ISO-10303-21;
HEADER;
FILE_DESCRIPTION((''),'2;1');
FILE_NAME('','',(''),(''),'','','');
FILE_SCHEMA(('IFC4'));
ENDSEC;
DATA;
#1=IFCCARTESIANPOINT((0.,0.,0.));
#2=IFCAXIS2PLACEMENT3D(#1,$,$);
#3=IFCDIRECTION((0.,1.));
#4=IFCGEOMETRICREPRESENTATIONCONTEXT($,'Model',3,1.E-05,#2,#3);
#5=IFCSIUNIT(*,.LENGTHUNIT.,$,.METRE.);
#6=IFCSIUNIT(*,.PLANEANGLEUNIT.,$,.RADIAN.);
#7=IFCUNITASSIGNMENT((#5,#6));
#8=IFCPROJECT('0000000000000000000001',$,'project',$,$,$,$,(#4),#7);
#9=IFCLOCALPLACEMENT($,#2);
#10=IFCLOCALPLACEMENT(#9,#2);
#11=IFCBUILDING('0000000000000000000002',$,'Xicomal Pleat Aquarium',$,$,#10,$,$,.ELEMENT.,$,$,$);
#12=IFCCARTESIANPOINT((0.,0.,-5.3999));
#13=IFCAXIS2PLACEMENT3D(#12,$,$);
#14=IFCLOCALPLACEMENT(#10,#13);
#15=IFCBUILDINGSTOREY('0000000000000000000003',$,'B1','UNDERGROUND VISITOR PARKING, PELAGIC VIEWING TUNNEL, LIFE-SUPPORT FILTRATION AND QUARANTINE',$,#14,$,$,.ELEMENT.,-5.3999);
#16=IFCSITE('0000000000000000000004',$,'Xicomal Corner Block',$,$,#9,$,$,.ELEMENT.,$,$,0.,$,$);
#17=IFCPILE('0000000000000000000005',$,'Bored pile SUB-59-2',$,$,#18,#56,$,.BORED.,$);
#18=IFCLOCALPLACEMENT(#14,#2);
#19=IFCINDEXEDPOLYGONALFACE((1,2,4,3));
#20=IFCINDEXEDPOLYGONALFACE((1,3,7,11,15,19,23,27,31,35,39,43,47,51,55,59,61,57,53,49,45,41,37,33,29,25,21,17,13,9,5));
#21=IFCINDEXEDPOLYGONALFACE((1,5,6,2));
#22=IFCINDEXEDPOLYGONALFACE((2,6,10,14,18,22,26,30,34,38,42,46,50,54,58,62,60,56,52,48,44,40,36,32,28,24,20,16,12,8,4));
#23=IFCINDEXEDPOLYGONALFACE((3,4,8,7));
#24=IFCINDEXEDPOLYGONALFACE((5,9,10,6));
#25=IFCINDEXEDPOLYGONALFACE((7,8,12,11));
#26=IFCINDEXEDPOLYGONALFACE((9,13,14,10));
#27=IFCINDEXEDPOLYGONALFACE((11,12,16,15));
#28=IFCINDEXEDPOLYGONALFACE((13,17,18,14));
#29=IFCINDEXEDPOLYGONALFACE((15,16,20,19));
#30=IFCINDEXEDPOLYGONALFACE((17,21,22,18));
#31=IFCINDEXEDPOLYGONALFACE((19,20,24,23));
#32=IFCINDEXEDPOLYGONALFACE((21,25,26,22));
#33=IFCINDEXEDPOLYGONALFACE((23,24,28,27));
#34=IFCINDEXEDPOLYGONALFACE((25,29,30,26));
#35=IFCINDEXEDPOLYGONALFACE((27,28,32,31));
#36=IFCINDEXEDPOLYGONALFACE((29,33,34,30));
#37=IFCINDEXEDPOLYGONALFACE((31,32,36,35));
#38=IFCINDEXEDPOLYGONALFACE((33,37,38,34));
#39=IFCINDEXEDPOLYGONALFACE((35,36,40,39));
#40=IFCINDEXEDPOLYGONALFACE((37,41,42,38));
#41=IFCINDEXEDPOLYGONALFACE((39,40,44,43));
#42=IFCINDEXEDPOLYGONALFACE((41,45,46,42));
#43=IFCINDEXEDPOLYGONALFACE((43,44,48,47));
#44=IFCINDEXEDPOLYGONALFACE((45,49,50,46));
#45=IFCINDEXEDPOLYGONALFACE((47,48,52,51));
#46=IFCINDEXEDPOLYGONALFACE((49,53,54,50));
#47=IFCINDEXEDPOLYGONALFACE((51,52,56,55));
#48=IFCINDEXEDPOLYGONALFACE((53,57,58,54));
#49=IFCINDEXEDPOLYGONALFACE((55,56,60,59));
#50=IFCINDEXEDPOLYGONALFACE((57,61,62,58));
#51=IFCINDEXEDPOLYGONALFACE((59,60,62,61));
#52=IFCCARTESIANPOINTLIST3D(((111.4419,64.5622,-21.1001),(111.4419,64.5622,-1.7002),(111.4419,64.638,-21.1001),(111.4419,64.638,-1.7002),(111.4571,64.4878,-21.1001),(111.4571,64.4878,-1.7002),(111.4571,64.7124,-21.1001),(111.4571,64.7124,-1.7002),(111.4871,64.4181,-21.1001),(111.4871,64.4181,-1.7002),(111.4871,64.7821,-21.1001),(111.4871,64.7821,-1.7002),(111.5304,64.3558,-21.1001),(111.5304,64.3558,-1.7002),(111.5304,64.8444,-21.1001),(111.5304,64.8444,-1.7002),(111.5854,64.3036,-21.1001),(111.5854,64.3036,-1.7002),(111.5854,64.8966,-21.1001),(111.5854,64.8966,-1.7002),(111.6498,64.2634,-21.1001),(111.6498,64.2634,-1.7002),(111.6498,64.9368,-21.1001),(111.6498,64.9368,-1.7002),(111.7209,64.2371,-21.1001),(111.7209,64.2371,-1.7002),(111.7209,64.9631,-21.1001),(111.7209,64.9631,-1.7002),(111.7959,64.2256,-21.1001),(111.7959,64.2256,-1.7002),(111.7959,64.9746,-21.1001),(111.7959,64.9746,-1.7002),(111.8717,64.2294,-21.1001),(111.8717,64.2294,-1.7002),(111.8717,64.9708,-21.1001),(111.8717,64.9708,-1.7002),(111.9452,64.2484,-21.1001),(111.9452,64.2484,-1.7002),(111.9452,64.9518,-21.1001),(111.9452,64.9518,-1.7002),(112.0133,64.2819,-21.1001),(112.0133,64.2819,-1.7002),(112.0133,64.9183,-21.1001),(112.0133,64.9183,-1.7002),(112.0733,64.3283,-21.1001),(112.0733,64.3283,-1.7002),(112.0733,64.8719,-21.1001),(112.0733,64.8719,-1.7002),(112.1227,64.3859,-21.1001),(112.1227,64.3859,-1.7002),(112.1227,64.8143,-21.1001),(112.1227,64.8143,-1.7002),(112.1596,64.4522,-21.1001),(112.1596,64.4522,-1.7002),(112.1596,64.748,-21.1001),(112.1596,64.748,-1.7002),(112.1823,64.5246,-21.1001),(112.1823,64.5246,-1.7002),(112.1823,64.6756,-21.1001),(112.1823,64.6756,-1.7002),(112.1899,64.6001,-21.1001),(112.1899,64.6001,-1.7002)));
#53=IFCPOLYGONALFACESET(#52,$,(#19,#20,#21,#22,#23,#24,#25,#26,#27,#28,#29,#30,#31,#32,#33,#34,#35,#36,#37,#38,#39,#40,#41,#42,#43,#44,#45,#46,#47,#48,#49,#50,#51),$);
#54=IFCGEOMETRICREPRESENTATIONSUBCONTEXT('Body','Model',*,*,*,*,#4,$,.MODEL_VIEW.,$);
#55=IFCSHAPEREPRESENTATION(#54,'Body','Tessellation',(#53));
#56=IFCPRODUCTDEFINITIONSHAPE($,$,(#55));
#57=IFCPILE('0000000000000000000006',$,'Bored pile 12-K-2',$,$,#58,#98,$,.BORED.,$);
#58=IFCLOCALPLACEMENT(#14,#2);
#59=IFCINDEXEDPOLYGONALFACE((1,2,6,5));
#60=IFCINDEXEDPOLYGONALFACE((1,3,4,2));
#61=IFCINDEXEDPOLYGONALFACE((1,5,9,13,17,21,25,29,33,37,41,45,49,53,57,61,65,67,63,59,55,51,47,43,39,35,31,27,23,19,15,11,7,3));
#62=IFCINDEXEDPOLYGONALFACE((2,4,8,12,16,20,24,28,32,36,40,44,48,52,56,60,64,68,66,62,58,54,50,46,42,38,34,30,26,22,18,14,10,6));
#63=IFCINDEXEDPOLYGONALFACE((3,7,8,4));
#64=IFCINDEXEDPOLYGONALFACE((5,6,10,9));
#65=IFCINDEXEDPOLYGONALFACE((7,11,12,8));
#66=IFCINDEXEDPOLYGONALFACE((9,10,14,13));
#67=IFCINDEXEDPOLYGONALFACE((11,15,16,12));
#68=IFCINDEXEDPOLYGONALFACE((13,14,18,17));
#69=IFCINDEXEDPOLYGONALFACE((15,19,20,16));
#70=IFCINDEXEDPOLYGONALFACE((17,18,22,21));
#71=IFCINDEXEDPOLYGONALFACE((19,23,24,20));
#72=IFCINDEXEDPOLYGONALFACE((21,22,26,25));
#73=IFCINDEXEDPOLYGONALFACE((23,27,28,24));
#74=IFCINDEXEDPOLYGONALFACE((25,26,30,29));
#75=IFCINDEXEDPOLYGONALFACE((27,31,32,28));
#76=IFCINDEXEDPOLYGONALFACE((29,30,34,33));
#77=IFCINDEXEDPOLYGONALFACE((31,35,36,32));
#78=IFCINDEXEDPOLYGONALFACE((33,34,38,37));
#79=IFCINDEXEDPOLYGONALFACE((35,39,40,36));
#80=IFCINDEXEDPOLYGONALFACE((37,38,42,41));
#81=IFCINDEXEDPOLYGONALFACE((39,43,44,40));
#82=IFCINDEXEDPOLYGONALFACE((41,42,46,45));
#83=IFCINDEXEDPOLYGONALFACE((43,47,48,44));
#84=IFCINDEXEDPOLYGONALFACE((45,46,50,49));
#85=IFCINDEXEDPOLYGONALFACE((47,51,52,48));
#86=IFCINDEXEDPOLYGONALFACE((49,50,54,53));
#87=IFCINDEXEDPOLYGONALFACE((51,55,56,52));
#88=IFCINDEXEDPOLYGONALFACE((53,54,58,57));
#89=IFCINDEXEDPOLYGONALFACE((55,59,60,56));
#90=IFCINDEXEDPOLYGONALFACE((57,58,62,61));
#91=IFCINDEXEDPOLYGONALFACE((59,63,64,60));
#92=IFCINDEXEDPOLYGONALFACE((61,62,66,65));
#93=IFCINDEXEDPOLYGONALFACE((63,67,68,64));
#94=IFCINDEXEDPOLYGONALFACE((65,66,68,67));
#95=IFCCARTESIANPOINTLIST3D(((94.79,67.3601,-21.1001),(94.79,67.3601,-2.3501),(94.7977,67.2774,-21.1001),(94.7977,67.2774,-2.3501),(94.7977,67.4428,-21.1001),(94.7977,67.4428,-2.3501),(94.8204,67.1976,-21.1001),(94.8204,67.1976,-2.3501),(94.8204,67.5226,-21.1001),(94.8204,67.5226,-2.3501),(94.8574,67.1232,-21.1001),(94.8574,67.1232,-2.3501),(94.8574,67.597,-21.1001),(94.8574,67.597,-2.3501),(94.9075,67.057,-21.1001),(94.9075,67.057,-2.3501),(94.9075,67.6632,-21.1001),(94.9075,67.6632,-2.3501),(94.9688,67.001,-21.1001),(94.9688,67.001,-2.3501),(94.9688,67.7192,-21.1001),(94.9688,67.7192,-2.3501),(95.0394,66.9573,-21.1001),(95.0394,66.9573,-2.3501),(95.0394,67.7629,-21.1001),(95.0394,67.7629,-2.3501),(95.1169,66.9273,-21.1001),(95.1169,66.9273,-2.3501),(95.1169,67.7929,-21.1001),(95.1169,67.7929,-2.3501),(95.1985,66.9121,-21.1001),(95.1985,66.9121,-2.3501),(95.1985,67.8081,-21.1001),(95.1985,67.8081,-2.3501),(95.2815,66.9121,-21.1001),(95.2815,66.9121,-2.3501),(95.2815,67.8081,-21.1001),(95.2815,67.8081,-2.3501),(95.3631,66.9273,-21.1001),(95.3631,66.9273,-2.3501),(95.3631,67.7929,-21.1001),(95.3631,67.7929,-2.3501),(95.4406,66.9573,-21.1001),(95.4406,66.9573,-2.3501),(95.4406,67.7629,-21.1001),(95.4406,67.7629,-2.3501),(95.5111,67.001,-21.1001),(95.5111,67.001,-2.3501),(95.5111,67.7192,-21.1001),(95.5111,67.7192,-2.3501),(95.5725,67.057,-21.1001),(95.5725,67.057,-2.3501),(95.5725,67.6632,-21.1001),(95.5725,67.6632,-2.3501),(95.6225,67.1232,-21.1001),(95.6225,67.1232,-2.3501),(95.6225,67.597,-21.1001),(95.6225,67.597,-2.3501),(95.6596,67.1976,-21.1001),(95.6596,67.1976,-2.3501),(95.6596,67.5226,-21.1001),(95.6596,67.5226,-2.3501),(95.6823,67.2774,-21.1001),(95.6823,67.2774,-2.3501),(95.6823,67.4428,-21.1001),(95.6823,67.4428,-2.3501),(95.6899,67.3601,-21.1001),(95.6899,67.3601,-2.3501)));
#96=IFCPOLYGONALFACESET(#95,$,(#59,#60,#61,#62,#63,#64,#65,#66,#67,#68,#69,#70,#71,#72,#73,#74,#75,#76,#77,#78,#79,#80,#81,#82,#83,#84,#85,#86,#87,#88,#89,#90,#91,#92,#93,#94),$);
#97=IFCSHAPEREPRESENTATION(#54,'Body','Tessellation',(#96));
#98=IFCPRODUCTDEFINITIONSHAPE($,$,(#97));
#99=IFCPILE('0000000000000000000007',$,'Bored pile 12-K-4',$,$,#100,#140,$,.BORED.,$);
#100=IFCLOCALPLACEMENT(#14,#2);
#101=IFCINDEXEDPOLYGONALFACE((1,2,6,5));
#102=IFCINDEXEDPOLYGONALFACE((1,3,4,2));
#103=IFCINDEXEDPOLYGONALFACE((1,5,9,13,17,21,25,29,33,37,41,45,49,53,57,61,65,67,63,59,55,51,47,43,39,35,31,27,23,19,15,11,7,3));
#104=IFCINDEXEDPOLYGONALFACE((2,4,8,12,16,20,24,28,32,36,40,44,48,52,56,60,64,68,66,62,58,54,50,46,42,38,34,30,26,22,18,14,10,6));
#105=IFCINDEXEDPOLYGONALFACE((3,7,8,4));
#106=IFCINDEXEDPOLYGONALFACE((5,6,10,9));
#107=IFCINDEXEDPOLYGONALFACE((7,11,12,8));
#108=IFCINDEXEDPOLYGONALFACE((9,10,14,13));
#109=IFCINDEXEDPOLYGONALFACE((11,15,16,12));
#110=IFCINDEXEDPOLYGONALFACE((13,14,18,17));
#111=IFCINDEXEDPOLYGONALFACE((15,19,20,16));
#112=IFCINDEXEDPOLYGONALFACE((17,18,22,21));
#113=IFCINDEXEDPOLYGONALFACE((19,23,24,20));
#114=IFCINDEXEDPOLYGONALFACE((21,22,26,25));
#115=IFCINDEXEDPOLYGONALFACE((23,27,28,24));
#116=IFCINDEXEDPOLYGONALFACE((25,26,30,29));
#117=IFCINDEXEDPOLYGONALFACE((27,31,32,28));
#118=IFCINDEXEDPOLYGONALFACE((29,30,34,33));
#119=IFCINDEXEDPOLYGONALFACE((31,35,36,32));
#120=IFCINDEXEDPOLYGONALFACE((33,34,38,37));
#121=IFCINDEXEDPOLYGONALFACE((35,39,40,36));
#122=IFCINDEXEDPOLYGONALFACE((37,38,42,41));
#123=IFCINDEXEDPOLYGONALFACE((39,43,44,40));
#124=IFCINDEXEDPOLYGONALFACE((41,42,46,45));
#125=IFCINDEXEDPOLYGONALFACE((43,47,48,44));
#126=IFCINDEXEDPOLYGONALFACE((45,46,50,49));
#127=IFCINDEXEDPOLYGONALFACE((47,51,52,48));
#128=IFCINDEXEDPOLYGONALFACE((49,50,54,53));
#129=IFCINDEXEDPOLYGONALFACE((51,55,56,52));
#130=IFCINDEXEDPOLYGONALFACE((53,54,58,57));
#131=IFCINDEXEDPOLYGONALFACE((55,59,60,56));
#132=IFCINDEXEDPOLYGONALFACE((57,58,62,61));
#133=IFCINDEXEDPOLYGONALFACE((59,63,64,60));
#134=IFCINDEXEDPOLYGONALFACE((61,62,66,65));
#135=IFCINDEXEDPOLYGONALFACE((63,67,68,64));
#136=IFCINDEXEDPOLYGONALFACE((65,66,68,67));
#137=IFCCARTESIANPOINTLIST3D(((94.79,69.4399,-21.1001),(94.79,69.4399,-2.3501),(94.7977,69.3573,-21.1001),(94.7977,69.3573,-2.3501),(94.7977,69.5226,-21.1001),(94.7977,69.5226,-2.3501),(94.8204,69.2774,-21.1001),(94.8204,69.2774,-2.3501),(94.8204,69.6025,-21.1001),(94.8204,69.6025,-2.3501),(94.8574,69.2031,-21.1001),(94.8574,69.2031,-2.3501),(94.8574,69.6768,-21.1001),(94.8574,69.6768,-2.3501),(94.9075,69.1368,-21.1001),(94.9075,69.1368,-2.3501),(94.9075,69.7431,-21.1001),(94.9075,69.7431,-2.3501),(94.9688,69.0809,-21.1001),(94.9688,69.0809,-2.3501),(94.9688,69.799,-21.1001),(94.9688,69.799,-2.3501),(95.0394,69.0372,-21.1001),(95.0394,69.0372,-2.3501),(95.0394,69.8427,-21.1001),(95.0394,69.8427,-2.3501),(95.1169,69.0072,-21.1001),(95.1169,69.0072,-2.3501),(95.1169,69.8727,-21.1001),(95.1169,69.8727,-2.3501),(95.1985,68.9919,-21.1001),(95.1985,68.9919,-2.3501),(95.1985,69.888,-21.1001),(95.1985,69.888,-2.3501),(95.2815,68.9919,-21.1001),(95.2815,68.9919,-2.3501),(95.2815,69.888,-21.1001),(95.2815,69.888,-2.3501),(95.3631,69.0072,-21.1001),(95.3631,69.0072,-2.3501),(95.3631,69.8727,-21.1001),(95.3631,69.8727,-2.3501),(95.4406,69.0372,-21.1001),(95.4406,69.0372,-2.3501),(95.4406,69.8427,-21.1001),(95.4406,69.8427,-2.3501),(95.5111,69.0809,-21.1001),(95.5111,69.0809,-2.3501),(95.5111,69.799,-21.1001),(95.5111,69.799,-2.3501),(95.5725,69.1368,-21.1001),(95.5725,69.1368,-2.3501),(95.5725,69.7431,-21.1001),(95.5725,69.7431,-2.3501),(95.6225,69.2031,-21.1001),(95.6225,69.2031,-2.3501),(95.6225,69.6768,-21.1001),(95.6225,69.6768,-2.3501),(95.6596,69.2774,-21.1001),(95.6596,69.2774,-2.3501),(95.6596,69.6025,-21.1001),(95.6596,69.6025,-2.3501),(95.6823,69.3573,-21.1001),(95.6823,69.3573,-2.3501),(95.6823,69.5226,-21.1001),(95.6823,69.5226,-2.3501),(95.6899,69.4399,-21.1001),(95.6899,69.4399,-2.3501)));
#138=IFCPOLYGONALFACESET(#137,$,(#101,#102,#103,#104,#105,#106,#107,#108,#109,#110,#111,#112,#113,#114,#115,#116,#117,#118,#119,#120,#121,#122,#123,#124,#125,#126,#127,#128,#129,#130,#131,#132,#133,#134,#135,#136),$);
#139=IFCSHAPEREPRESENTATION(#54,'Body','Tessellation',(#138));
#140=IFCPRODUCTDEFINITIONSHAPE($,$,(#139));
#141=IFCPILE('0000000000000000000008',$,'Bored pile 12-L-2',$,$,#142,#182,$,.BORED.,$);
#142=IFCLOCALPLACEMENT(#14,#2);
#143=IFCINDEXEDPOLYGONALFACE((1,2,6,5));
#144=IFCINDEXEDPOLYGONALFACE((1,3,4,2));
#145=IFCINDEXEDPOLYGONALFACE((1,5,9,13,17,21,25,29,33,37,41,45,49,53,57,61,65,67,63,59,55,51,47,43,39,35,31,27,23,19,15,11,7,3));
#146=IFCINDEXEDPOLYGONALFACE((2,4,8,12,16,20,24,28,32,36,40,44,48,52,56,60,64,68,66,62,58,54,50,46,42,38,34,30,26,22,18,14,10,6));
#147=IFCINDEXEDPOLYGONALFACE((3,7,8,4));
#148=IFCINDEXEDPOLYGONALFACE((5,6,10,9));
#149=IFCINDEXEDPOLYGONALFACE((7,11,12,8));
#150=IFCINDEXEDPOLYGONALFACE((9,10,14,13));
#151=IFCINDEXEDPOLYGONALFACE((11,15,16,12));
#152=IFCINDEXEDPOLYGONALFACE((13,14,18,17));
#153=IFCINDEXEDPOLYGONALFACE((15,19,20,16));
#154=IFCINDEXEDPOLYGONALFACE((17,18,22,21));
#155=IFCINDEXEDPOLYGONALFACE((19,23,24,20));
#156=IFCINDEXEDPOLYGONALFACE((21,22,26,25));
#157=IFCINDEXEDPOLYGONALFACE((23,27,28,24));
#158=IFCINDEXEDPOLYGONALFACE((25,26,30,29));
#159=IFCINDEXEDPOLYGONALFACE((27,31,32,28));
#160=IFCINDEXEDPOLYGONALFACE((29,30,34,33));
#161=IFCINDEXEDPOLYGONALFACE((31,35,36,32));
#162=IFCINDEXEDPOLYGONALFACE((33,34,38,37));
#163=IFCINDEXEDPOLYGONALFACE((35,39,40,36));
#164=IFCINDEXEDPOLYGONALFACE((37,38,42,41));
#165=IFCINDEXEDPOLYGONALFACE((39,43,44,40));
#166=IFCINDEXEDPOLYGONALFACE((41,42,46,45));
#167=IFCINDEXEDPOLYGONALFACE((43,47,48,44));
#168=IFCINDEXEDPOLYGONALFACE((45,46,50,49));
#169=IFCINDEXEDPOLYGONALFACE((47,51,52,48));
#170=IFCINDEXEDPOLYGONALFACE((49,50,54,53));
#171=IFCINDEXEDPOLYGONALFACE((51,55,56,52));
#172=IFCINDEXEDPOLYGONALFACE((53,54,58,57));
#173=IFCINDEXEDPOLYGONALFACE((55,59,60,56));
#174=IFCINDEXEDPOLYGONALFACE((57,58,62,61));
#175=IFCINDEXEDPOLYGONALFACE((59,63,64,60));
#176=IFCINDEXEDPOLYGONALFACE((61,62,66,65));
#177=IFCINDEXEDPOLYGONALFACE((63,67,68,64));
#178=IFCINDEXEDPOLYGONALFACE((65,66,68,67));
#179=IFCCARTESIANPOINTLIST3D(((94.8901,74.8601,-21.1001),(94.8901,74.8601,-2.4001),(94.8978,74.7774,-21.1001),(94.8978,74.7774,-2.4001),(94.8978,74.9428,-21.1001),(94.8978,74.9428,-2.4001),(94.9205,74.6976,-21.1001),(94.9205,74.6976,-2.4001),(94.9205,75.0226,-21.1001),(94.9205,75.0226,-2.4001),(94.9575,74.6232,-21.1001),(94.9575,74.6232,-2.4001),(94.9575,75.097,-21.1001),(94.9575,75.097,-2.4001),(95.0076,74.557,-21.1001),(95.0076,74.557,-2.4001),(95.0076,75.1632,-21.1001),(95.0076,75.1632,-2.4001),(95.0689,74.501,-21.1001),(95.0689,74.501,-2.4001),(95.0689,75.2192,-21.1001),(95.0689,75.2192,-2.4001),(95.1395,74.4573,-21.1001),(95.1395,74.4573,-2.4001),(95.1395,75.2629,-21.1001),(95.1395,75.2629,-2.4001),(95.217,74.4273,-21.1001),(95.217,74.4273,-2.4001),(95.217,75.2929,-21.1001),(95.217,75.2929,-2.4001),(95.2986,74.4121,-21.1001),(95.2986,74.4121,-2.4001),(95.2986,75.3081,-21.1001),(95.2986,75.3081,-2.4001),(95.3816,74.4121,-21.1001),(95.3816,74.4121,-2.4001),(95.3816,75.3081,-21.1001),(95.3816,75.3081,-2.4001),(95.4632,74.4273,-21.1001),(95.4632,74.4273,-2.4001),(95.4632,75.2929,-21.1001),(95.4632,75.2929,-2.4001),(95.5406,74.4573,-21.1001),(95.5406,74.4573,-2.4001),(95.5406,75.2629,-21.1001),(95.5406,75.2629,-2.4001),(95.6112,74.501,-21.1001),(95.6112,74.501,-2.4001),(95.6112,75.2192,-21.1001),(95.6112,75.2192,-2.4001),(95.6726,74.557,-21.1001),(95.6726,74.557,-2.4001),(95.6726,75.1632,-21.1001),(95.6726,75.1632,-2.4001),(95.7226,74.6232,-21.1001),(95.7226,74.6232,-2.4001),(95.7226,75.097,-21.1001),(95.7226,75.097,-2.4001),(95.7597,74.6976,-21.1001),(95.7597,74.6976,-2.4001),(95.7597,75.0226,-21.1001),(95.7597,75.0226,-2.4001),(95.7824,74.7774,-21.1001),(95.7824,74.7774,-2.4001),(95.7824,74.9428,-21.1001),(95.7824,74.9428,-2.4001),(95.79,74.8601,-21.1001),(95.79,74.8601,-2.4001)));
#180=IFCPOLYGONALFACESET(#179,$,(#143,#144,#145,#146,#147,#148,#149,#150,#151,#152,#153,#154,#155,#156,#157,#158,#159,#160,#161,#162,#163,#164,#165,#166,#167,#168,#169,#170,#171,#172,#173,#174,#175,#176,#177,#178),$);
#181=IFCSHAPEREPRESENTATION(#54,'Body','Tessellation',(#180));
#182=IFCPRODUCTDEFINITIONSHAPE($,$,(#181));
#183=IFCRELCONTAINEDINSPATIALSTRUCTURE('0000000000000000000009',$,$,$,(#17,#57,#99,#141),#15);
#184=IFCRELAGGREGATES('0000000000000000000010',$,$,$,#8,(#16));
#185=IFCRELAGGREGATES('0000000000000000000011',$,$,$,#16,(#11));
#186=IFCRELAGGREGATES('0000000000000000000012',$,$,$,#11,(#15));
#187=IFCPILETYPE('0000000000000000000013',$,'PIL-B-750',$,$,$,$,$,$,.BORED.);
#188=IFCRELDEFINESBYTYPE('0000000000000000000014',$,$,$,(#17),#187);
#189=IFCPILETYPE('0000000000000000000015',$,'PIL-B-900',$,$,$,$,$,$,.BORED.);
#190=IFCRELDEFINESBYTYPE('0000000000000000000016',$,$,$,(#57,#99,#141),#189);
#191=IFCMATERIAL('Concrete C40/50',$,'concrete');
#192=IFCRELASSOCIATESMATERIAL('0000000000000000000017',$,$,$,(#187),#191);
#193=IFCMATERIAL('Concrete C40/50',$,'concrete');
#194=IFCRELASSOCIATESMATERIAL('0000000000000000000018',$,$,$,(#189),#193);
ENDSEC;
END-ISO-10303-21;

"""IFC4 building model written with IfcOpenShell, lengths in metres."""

from ifc_helpers import new_model, si_unit, direction, frame, origin, origin_2d, place, context, subcontext, project, spatial, circle, extrude, material, material_profile, profile_set, type_object, element, save


model = new_model("IFC4")

# Units and contexts
model_context = context("Model", 3, precision=1e-05, world=origin(), true_north=direction((0.0, 1.0)))
body_context = subcontext(model_context, "Body", "Model", "MODEL_VIEW")
ifc_project = project(units=[si_unit("LENGTHUNIT", "METRE"), si_unit("PLANEANGLEUNIT", "RADIAN")], contexts=[model_context])

# Site, building, storey
site_placement = place(None, origin())
site = spatial("IfcSite", under=ifc_project, at=site_placement, Name="Xicomal Corner Block", CompositionType="ELEMENT", RefElevation=0.0)
building_placement = place(site_placement, origin())
building = spatial("IfcBuilding", under=site, at=building_placement, Name="Xicomal Pleat Aquarium", CompositionType="ELEMENT")
storey_placement = place(building_placement, frame((0.0, 0.0, -5.3999)))
storey = spatial("IfcBuildingStorey", under=building, at=storey_placement, Name="B1", Description="UNDERGROUND VISITOR PARKING, PELAGIC VIEWING TUNNEL, LIFE-SUPPORT FILTRATION AND QUARANTINE", CompositionType="ELEMENT", Elevation=-5.3999)

# Piles
ifc_material_1 = material(Name="Concrete C40/50", Category="concrete")
ifc_material_profile_1 = material_profile(ifc_material_1, circle(Radius=0.375, at=origin_2d()), Name="BORED PILE D750")
ifc_profile_set_1 = profile_set([ifc_material_profile_1], Name="Concrete C40/50")
pile_type_1 = type_object("IfcPileType", Name="PIL-B-750", PredefinedType="BORED", material=ifc_profile_set_1)
pile_1_placement = place(storey_placement, frame((111.8149, 64.6001, -1.7002), z_axis=(0.0, 0.0, -1.0), x_axis=(1.0, 0.0, 0.0)))
element("IfcPile", 1, at=pile_1_placement, inside=storey, type_object=pile_type_1, Name="Bored pile SUB-59-2", PredefinedType="BORED", context=body_context, shape_type="SweptSolid", body=[
    extrude(circle(Radius=0.375, at=origin_2d()), origin(), (0.0, 0.0, 1.0), 19.3999),
])
ifc_material_2 = material(Name="Concrete C40/50", Category="concrete")
ifc_material_profile_2 = material_profile(ifc_material_2, circle(Radius=0.45, at=origin_2d()), Name="BORED PILE D900")
ifc_profile_set_2 = profile_set([ifc_material_profile_2], Name="Concrete C40/50")
pile_type_2 = type_object("IfcPileType", Name="PIL-B-900", PredefinedType="BORED", material=ifc_profile_set_2)
for number, where, z_axis, x_axis, name in (
    (2, (95.24, 67.3601, -2.3501), (0.0, 0.0, -1.0), (1.0, 0.0, 0.0), "Bored pile 12-K-2"),
    (3, (95.24, 69.4399, -2.3501), (0.0, 0.0, -1.0), (1.0, 0.0, 0.0), "Bored pile 12-K-4"),
):
    element("IfcPile", number, at=place(storey_placement, frame(where, z_axis=z_axis, x_axis=x_axis)), inside=storey, type_object=pile_type_2, Name=name, PredefinedType="BORED", context=body_context, shape_type="SweptSolid", body=[
        extrude(circle(Radius=0.45, at=origin_2d()), origin(), (0.0, 0.0, 1.0), 18.75),
    ])
pile_2_placement = place(storey_placement, frame((95.3401, 74.8601, -2.4001), z_axis=(0.0, 0.0, -1.0), x_axis=(1.0, 0.0, 0.0)))
element("IfcPile", 4, at=pile_2_placement, inside=storey, type_object=pile_type_2, Name="Bored pile 12-L-2", PredefinedType="BORED", context=body_context, shape_type="SweptSolid", body=[
    extrude(circle(Radius=0.45, at=origin_2d()), origin(), (0.0, 0.0, 1.0), 18.7),
])

save(model, "model.ifc")
